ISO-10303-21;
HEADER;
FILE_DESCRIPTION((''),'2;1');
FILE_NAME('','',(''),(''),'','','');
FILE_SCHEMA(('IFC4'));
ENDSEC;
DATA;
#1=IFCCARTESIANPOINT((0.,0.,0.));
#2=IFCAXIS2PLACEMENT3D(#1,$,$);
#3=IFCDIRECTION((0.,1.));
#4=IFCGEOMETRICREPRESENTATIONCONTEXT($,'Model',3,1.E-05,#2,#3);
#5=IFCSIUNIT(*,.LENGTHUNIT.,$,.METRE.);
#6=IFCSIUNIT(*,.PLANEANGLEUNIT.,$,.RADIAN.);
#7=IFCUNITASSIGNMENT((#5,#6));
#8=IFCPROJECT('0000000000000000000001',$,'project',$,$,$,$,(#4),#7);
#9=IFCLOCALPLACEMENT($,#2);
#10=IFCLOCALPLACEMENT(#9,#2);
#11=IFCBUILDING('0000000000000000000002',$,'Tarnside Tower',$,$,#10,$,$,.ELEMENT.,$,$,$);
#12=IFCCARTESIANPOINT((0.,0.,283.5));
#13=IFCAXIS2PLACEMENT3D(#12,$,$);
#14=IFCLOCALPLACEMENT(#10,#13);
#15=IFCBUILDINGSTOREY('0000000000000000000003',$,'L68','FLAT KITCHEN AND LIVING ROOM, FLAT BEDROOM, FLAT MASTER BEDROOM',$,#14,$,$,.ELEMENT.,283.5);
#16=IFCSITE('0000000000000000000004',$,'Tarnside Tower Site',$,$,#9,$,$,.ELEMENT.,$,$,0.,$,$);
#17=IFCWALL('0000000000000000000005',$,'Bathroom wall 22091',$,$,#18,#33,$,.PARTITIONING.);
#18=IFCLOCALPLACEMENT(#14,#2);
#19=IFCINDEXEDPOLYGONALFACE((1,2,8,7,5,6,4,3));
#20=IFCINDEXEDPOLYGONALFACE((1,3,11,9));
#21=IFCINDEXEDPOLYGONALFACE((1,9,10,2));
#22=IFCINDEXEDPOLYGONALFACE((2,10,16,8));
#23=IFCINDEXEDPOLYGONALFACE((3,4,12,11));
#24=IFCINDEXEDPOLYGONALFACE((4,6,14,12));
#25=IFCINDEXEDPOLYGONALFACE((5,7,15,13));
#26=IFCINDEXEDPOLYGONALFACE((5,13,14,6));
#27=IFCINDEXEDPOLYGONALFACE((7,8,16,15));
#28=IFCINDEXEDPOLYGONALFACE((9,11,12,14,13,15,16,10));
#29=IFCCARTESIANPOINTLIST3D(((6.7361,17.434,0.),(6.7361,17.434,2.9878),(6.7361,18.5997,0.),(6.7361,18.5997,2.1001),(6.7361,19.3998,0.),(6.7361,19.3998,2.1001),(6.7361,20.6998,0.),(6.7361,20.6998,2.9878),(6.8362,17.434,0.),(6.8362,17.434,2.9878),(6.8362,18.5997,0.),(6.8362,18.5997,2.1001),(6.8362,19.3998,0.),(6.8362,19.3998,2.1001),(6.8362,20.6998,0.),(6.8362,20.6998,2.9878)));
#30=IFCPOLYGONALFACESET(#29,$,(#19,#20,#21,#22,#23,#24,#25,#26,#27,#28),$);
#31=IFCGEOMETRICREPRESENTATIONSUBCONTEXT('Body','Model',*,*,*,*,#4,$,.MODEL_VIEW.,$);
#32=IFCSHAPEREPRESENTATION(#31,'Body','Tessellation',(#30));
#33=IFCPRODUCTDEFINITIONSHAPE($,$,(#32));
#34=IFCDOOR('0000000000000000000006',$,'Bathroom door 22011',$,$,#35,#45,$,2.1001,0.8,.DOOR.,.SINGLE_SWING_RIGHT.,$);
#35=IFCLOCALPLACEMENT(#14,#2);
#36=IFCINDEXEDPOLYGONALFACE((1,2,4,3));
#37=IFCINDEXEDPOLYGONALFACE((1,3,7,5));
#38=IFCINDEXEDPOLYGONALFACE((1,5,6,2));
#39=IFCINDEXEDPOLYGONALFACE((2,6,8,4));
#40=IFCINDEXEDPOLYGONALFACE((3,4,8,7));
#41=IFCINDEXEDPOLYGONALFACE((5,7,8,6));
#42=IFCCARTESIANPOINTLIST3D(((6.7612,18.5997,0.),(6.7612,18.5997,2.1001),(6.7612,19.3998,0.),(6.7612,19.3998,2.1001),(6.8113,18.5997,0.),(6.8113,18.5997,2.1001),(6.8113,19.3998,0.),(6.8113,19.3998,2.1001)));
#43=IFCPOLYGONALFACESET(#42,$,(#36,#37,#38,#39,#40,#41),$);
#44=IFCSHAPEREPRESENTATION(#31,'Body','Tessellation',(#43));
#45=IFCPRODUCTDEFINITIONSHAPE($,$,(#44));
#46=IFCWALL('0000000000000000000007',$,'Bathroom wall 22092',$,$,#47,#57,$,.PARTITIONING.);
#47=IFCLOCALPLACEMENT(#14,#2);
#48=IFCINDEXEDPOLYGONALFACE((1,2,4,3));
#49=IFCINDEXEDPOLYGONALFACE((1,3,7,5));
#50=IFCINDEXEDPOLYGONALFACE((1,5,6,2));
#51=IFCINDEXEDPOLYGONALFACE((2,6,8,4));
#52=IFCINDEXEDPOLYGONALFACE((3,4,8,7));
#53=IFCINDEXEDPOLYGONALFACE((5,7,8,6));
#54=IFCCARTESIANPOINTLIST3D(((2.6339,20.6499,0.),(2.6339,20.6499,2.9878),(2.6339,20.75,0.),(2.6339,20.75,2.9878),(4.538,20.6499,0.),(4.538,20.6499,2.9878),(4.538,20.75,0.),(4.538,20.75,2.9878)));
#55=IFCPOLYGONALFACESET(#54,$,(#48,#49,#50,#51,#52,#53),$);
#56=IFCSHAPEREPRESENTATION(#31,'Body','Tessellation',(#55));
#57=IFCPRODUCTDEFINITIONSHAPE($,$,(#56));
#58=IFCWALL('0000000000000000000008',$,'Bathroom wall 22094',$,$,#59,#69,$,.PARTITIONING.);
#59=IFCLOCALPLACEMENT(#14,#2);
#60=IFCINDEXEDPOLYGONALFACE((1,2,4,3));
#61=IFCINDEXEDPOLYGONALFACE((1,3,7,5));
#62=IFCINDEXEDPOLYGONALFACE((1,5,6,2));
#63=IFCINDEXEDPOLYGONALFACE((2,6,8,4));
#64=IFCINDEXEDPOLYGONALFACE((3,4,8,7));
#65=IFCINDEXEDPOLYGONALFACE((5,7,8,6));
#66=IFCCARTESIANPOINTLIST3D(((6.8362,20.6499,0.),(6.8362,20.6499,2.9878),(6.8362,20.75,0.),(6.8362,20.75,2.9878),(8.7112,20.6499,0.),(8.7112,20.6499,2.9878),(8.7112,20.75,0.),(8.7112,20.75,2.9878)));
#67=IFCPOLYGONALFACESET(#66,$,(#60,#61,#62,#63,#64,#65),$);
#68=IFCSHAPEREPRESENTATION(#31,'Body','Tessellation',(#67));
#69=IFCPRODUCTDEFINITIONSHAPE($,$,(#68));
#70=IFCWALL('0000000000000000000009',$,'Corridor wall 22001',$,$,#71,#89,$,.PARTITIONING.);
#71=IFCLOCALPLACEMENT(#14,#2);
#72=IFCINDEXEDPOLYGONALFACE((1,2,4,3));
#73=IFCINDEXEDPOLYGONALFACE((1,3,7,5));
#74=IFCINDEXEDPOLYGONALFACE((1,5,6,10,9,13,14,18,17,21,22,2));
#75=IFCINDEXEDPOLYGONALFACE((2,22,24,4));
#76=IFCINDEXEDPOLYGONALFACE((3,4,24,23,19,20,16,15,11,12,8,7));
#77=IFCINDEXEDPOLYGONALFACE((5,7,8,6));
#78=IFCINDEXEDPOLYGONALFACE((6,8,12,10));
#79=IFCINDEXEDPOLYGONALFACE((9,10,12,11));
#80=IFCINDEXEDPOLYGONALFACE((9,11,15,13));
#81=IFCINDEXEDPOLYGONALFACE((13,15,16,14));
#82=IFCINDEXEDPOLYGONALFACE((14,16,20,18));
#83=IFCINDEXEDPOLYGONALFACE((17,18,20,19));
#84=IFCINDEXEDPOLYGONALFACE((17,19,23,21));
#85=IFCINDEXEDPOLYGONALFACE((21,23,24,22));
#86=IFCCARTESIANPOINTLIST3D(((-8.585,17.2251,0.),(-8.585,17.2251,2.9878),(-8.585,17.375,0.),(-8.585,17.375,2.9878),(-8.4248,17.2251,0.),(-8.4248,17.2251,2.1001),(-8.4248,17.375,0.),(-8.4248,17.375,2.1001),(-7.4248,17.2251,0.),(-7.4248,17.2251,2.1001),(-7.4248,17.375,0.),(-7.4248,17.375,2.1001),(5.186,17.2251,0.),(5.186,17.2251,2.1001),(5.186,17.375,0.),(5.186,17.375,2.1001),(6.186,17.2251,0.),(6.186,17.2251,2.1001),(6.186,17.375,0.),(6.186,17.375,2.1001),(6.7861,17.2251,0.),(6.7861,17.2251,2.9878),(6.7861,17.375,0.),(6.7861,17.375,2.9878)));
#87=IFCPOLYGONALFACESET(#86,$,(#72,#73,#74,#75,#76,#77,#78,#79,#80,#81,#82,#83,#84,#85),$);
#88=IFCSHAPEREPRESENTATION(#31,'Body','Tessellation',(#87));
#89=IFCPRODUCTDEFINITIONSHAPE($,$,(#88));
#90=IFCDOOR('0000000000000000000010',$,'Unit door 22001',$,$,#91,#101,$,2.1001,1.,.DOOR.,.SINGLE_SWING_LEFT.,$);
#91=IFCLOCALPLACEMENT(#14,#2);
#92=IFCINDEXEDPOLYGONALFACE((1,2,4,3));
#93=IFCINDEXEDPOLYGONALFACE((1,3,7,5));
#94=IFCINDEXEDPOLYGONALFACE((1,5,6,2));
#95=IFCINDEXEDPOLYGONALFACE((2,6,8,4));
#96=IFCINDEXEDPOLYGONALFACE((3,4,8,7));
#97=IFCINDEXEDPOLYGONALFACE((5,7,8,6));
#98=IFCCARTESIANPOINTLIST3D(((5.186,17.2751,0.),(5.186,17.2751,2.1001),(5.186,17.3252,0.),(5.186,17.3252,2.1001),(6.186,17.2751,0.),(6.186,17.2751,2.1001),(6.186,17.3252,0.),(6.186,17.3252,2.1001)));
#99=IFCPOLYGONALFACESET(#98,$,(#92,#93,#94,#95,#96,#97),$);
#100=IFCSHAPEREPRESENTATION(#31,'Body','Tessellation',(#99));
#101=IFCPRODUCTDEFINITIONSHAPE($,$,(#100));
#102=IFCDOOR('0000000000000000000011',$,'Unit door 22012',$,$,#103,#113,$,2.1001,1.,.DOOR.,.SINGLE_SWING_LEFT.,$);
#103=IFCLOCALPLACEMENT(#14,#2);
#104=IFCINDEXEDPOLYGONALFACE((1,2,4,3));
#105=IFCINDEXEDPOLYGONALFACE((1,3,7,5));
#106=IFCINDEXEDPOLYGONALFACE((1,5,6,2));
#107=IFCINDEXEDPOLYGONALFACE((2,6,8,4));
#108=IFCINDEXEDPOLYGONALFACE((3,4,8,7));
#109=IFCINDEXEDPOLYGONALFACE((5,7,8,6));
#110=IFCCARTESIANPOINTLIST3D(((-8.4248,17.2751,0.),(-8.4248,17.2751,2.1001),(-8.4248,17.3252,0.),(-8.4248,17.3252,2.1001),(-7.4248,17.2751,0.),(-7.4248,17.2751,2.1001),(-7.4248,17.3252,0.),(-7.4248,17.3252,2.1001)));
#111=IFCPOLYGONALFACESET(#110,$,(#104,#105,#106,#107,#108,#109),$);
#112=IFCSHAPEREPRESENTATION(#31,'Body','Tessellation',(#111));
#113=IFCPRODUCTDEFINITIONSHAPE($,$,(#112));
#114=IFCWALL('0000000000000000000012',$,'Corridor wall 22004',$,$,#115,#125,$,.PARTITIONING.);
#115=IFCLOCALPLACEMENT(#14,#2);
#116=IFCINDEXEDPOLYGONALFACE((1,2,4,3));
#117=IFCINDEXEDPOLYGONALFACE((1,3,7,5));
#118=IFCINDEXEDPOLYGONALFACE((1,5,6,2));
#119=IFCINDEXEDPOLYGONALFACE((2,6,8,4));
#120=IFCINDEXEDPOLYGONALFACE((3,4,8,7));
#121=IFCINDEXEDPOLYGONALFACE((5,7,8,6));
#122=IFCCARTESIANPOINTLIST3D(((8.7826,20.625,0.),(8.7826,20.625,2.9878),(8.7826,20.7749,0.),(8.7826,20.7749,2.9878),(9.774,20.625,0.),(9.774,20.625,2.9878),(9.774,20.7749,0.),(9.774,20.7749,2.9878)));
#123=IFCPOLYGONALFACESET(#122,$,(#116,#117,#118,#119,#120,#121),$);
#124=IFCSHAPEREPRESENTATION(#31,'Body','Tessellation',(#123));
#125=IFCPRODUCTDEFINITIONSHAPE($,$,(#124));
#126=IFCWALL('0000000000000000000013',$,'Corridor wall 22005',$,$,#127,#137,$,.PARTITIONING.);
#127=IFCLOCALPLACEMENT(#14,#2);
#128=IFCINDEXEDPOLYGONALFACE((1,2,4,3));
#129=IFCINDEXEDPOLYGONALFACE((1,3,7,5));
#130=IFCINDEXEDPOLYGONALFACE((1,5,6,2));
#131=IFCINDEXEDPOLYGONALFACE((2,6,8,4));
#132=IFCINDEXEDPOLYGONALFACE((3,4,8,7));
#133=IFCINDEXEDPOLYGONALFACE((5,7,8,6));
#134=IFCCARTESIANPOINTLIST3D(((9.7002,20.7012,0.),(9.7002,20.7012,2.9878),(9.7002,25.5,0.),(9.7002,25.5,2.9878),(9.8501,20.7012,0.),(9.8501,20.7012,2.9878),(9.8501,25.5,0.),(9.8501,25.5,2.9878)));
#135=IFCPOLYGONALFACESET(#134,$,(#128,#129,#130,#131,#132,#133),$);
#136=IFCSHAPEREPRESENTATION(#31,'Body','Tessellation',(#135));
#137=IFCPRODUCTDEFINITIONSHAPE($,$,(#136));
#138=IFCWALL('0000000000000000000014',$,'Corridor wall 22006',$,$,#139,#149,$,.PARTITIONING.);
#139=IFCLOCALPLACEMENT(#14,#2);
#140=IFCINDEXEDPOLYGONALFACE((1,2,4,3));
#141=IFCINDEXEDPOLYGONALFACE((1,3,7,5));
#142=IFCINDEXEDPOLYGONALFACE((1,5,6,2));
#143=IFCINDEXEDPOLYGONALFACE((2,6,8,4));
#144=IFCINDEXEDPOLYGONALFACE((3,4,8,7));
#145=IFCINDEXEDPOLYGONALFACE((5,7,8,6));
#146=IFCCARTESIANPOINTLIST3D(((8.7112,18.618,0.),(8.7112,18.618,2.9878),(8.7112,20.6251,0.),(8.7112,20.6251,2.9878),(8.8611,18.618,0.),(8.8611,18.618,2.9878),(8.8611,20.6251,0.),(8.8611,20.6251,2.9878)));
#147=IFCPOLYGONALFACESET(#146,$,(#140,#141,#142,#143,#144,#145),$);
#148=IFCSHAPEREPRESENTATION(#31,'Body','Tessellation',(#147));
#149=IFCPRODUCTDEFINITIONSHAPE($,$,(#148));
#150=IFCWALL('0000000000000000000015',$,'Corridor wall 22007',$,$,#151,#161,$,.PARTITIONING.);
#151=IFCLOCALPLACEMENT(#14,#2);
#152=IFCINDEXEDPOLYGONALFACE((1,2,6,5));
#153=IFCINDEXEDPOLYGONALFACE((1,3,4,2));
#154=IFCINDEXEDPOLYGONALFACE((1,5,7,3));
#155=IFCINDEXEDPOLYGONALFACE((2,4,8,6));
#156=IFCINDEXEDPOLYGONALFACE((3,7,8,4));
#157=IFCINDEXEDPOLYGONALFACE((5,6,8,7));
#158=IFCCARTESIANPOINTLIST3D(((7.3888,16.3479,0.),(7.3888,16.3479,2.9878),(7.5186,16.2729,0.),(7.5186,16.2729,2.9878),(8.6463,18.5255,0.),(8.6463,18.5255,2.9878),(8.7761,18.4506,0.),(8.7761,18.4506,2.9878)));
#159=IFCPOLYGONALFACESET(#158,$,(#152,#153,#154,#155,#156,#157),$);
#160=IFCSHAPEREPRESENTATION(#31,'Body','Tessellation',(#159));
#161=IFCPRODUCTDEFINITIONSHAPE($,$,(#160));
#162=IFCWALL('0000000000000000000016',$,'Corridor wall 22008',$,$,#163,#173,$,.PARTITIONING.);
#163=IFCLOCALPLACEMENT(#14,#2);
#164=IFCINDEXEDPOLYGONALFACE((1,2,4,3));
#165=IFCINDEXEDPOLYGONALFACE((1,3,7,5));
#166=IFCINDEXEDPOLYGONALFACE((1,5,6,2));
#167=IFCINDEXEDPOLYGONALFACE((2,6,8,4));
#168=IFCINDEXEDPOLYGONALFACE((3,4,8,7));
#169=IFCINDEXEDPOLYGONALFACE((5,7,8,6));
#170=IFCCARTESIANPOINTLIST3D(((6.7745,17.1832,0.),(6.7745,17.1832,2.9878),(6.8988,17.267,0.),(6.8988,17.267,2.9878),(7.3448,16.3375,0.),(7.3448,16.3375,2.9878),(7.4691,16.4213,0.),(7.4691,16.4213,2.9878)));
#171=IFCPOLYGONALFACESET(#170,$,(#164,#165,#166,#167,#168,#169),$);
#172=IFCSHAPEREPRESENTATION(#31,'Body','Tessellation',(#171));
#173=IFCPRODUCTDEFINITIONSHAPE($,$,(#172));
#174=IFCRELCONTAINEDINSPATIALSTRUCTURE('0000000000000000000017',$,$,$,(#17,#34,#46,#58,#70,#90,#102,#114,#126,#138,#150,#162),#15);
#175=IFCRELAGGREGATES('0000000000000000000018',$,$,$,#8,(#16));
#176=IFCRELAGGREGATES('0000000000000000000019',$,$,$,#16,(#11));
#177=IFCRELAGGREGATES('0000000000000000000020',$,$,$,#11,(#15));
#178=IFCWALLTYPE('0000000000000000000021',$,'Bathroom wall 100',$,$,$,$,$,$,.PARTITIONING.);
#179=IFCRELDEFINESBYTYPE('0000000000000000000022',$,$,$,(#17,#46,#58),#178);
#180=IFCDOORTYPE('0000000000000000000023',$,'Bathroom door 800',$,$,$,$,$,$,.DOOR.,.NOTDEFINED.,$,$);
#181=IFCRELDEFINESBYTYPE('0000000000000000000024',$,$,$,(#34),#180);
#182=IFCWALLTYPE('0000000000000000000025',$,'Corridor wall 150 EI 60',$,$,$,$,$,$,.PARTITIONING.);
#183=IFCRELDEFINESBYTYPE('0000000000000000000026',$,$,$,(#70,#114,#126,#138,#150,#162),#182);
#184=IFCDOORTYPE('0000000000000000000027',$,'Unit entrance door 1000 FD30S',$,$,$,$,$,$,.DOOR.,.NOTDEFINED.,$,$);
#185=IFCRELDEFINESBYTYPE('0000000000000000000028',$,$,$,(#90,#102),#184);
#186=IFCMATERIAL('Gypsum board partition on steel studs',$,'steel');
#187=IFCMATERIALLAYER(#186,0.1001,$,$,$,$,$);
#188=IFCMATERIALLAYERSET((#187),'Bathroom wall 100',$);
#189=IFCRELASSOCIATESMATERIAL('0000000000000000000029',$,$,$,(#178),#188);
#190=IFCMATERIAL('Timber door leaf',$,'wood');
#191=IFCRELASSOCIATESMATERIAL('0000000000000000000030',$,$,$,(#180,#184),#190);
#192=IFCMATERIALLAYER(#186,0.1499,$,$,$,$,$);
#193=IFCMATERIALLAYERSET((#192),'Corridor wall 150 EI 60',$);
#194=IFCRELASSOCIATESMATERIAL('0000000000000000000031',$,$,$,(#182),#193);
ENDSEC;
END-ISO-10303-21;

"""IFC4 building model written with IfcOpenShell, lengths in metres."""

from ifc_helpers import new_model, si_unit, direction, frame, frame_2d, origin, place, context, subcontext, project, spatial, rectangle, extrude, material, layer, layer_set, type_object, element, fill, save


model = new_model("IFC4")

# Units and contexts
model_context = context("Model", 3, precision=1e-05, world=origin(), true_north=direction((0.0, 1.0)))
body_context = subcontext(model_context, "Body", "Model", "MODEL_VIEW")
ifc_project = project(units=[si_unit("LENGTHUNIT", "METRE"), si_unit("PLANEANGLEUNIT", "RADIAN")], contexts=[model_context])

# Site, building, storey
site_placement = place(None, origin())
site = spatial("IfcSite", under=ifc_project, at=site_placement, Name="Tarnside Tower Site", CompositionType="ELEMENT", RefElevation=0.0)
building_placement = place(site_placement, origin())
building = spatial("IfcBuilding", under=site, at=building_placement, Name="Tarnside Tower", CompositionType="ELEMENT")
storey_placement = place(building_placement, frame((0.0, 0.0, 283.5)))
storey = spatial("IfcBuildingStorey", under=building, at=storey_placement, Name="L68", Description="FLAT KITCHEN AND LIVING ROOM, FLAT BEDROOM, FLAT MASTER BEDROOM", CompositionType="ELEMENT", Elevation=283.5)

# Shared definitions
ifc_material_1 = material(Name="Gypsum board partition on steel studs", Category="steel")
ifc_layer_1 = layer(ifc_material_1, 0.1001)
ifc_layer_set_1 = layer_set([ifc_layer_1], Name="Bathroom wall 100")
wall_type_1 = type_object("IfcWallType", Name="Bathroom wall 100", PredefinedType="PARTITIONING", material=ifc_layer_set_1)

# Wall, opening, door
ifc_material_2 = material(Name="Timber door leaf", Category="wood")
door_type_1 = type_object("IfcDoorType", Name="Bathroom door 800", OperationType="NOTDEFINED", PredefinedType="DOOR", material=ifc_material_2)
wall_1_placement = place(storey_placement, frame((6.7861, 17.4341, 0.0), z_axis=(0.0, 0.0, 1.0), x_axis=(0.0, 1.0, 0.0)))
wall_1 = element("IfcWall", 1, at=wall_1_placement, inside=storey, type_object=wall_type_1, Name="Bathroom wall 22091", PredefinedType="PARTITIONING", context=body_context, shape_type="SweptSolid", body=[
    extrude(rectangle(XDim=3.2659, YDim=0.1001, at=frame_2d((1.6328, 0.0))), origin(), (0.0, 0.0, 1.0), 2.9878),
])
opening_1_placement = place(wall_1_placement, frame((1.1658, 0.0, 0.0)))
opening_1 = element("IfcOpeningElement", 2, at=opening_1_placement, cuts=wall_1, PredefinedType="OPENING", context=body_context, shape_type="SweptSolid", body=[
    extrude(rectangle(XDim=0.8, YDim=2.1001, at=frame_2d((0.3999, 1.05))), frame((0.0, 0.0601, 0.0), z_axis=(0.0, -1.0, 0.0), x_axis=(1.0, 0.0, 0.0)), (0.0, 0.0, 1.0), 0.1201),
])
door_1_placement = place(opening_1_placement, origin())
door_1 = element("IfcDoor", 3, at=door_1_placement, inside=storey, type_object=door_type_1, Name="Bathroom door 22011", OperationType="SINGLE_SWING_RIGHT", OverallHeight=2.1001, OverallWidth=0.8, PredefinedType="DOOR", context=body_context, shape_type="SweptSolid", body=[
    extrude(rectangle(XDim=0.8, YDim=2.1001, at=frame_2d((0.3999, 1.05))), frame((0.0, 0.0249, 0.0), z_axis=(0.0, -1.0, 0.0), x_axis=(1.0, 0.0, 0.0)), (0.0, 0.0, 1.0), 0.05),
])
fill(opening_1, door_1)

# Walls
wall_2_placement = place(storey_placement, frame((4.5381, 20.7, 0.0), z_axis=(0.0, 0.0, 1.0), x_axis=(-1.0, 0.0, 0.0)))
element("IfcWall", 4, at=wall_2_placement, inside=storey, type_object=wall_type_1, Name="Bathroom wall 22092", PredefinedType="PARTITIONING", context=body_context, shape_type="SweptSolid", body=[
    extrude(rectangle(XDim=1.9041, YDim=0.1001, at=frame_2d((0.9521, 0.0))), origin(), (0.0, 0.0, 1.0), 2.9878),
])
wall_3_placement = place(storey_placement, frame((6.8362, 20.7, 0.0), z_axis=(0.0, 0.0, 1.0), x_axis=(1.0, 0.0, 0.0)))
element("IfcWall", 5, at=wall_3_placement, inside=storey, type_object=wall_type_1, Name="Bathroom wall 22094", PredefinedType="PARTITIONING", context=body_context, shape_type="SweptSolid", body=[
    extrude(rectangle(XDim=1.875, YDim=0.1001, at=frame_2d((0.9375, 0.0))), origin(), (0.0, 0.0, 1.0), 2.9878),
])

# Wall, openings, doors
ifc_layer_2 = layer(ifc_material_1, 0.1499)
ifc_layer_set_2 = layer_set([ifc_layer_2], Name="Corridor wall 150 EI 60")
wall_type_2 = type_object("IfcWallType", Name="Corridor wall 150 EI 60", PredefinedType="PARTITIONING", material=ifc_layer_set_2)
wall_4_placement = place(storey_placement, frame((6.7861, 17.3, 0.0), z_axis=(0.0, 0.0, 1.0), x_axis=(-1.0, 0.0, 0.0)))
wall_4 = element("IfcWall", 6, at=wall_4_placement, inside=storey, type_object=wall_type_2, Name="Corridor wall 22001", PredefinedType="PARTITIONING", context=body_context, shape_type="SweptSolid", body=[
    extrude(rectangle(XDim=15.3711, YDim=0.1499, at=frame_2d((7.6855, 0.0))), origin(), (0.0, 0.0, 1.0), 2.9878),
])
opening_2_placement = place(wall_4_placement, frame((0.6001, 0.0, 0.0)))
opening_2 = element("IfcOpeningElement", 7, at=opening_2_placement, cuts=wall_4, PredefinedType="OPENING", context=body_context, shape_type="SweptSolid", body=[
    extrude(rectangle(XDim=1.0, YDim=2.1001, at=frame_2d((0.5, 1.05))), frame((0.0, 0.085, 0.0), z_axis=(0.0, -1.0, 0.0), x_axis=(1.0, 0.0, 0.0)), (0.0, 0.0, 1.0), 0.1699),
])
opening_3_placement = place(wall_4_placement, frame((14.2109, 0.0, 0.0)))
opening_3 = element("IfcOpeningElement", 8, at=opening_3_placement, cuts=wall_4, PredefinedType="OPENING", context=body_context, shape_type="SweptSolid", body=[
    extrude(rectangle(XDim=1.0, YDim=2.1001, at=frame_2d((0.5, 1.05))), frame((0.0, 0.085, 0.0), z_axis=(0.0, -1.0, 0.0), x_axis=(1.0, 0.0, 0.0)), (0.0, 0.0, 1.0), 0.1699),
])
door_type_2 = type_object("IfcDoorType", Name="Unit entrance door 1000 FD30S", OperationType="NOTDEFINED", PredefinedType="DOOR", material=ifc_material_2)
door_2_placement = place(opening_2_placement, origin())
door_2 = element("IfcDoor", 9, at=door_2_placement, inside=storey, type_object=door_type_2, Name="Unit door 22001", OperationType="SINGLE_SWING_LEFT", OverallHeight=2.1001, OverallWidth=1.0, PredefinedType="DOOR", context=body_context, shape_type="SweptSolid", body=[
    extrude(rectangle(XDim=1.0, YDim=2.1001, at=frame_2d((0.5, 1.05))), frame((0.0, 0.0249, 0.0), z_axis=(0.0, -1.0, 0.0), x_axis=(1.0, 0.0, 0.0)), (0.0, 0.0, 1.0), 0.05),
])
fill(opening_2, door_2)
door_3_placement = place(opening_3_placement, origin())
door_3 = element("IfcDoor", 10, at=door_3_placement, inside=storey, type_object=door_type_2, Name="Unit door 22012", OperationType="SINGLE_SWING_LEFT", OverallHeight=2.1001, OverallWidth=1.0, PredefinedType="DOOR", context=body_context, shape_type="SweptSolid", body=[
    extrude(rectangle(XDim=1.0, YDim=2.1001, at=frame_2d((0.5, 1.05))), frame((0.0, 0.0249, 0.0), z_axis=(0.0, -1.0, 0.0), x_axis=(1.0, 0.0, 0.0)), (0.0, 0.0, 1.0), 0.05),
])
fill(opening_3, door_3)

# Walls
wall_5_placement = place(storey_placement, frame((9.7739, 20.7, 0.0), z_axis=(0.0, 0.0, 1.0), x_axis=(-1.0, 0.0, 0.0)))
element("IfcWall", 11, at=wall_5_placement, inside=storey, type_object=wall_type_2, Name="Corridor wall 22004", PredefinedType="PARTITIONING", context=body_context, shape_type="SweptSolid", body=[
    extrude(rectangle(XDim=0.9915, YDim=0.1499, at=frame_2d((0.4956, 0.0))), origin(), (0.0, 0.0, 1.0), 2.9878),
])
wall_6_placement = place(storey_placement, frame((9.7751, 25.5, 0.0), z_axis=(0.0, 0.0, 1.0), x_axis=(0.0, -1.0, 0.0)))
element("IfcWall", 12, at=wall_6_placement, inside=storey, type_object=wall_type_2, Name="Corridor wall 22005", PredefinedType="PARTITIONING", context=body_context, shape_type="SweptSolid", body=[
    extrude(rectangle(XDim=4.7988, YDim=0.1499, at=frame_2d((2.3994, 0.0))), origin(), (0.0, 0.0, 1.0), 2.9878),
])
wall_7_placement = place(storey_placement, frame((8.7861, 20.625, 0.0), z_axis=(0.0, 0.0, 1.0), x_axis=(0.0, -1.0, 0.0)))
element("IfcWall", 13, at=wall_7_placement, inside=storey, type_object=wall_type_2, Name="Corridor wall 22006", PredefinedType="PARTITIONING", context=body_context, shape_type="SweptSolid", body=[
    extrude(rectangle(XDim=2.0071, YDim=0.1499, at=frame_2d((1.0034, 0.0))), origin(), (0.0, 0.0, 1.0), 2.9878),
])
wall_8_placement = place(storey_placement, frame((8.7112, 18.488, 0.0), z_axis=(0.0, 0.0, 1.0), x_axis=(-0.500075, -0.865982, 0.0)))
element("IfcWall", 14, at=wall_8_placement, inside=storey, type_object=wall_type_2, Name="Corridor wall 22007", PredefinedType="PARTITIONING", context=body_context, shape_type="SweptSolid", body=[
    extrude(rectangle(XDim=2.5146, YDim=0.1499, at=frame_2d((1.2573, 0.0))), origin(), (0.0, 0.0, 1.0), 2.9878),
])
wall_9_placement = place(storey_placement, frame((7.407, 16.3794, 0.0), z_axis=(0.0, 0.0, 1.0), x_axis=(-0.559111, 0.829093, 0.0)))
element("IfcWall", 15, at=wall_9_placement, inside=storey, type_object=wall_type_2, Name="Corridor wall 22008", PredefinedType="PARTITIONING", context=body_context, shape_type="SweptSolid", body=[
    extrude(rectangle(XDim=1.02, YDim=0.1499, at=frame_2d((0.51, 0.0))), origin(), (0.0, 0.0, 1.0), 2.9878),
])

save(model, "model.ifc")
